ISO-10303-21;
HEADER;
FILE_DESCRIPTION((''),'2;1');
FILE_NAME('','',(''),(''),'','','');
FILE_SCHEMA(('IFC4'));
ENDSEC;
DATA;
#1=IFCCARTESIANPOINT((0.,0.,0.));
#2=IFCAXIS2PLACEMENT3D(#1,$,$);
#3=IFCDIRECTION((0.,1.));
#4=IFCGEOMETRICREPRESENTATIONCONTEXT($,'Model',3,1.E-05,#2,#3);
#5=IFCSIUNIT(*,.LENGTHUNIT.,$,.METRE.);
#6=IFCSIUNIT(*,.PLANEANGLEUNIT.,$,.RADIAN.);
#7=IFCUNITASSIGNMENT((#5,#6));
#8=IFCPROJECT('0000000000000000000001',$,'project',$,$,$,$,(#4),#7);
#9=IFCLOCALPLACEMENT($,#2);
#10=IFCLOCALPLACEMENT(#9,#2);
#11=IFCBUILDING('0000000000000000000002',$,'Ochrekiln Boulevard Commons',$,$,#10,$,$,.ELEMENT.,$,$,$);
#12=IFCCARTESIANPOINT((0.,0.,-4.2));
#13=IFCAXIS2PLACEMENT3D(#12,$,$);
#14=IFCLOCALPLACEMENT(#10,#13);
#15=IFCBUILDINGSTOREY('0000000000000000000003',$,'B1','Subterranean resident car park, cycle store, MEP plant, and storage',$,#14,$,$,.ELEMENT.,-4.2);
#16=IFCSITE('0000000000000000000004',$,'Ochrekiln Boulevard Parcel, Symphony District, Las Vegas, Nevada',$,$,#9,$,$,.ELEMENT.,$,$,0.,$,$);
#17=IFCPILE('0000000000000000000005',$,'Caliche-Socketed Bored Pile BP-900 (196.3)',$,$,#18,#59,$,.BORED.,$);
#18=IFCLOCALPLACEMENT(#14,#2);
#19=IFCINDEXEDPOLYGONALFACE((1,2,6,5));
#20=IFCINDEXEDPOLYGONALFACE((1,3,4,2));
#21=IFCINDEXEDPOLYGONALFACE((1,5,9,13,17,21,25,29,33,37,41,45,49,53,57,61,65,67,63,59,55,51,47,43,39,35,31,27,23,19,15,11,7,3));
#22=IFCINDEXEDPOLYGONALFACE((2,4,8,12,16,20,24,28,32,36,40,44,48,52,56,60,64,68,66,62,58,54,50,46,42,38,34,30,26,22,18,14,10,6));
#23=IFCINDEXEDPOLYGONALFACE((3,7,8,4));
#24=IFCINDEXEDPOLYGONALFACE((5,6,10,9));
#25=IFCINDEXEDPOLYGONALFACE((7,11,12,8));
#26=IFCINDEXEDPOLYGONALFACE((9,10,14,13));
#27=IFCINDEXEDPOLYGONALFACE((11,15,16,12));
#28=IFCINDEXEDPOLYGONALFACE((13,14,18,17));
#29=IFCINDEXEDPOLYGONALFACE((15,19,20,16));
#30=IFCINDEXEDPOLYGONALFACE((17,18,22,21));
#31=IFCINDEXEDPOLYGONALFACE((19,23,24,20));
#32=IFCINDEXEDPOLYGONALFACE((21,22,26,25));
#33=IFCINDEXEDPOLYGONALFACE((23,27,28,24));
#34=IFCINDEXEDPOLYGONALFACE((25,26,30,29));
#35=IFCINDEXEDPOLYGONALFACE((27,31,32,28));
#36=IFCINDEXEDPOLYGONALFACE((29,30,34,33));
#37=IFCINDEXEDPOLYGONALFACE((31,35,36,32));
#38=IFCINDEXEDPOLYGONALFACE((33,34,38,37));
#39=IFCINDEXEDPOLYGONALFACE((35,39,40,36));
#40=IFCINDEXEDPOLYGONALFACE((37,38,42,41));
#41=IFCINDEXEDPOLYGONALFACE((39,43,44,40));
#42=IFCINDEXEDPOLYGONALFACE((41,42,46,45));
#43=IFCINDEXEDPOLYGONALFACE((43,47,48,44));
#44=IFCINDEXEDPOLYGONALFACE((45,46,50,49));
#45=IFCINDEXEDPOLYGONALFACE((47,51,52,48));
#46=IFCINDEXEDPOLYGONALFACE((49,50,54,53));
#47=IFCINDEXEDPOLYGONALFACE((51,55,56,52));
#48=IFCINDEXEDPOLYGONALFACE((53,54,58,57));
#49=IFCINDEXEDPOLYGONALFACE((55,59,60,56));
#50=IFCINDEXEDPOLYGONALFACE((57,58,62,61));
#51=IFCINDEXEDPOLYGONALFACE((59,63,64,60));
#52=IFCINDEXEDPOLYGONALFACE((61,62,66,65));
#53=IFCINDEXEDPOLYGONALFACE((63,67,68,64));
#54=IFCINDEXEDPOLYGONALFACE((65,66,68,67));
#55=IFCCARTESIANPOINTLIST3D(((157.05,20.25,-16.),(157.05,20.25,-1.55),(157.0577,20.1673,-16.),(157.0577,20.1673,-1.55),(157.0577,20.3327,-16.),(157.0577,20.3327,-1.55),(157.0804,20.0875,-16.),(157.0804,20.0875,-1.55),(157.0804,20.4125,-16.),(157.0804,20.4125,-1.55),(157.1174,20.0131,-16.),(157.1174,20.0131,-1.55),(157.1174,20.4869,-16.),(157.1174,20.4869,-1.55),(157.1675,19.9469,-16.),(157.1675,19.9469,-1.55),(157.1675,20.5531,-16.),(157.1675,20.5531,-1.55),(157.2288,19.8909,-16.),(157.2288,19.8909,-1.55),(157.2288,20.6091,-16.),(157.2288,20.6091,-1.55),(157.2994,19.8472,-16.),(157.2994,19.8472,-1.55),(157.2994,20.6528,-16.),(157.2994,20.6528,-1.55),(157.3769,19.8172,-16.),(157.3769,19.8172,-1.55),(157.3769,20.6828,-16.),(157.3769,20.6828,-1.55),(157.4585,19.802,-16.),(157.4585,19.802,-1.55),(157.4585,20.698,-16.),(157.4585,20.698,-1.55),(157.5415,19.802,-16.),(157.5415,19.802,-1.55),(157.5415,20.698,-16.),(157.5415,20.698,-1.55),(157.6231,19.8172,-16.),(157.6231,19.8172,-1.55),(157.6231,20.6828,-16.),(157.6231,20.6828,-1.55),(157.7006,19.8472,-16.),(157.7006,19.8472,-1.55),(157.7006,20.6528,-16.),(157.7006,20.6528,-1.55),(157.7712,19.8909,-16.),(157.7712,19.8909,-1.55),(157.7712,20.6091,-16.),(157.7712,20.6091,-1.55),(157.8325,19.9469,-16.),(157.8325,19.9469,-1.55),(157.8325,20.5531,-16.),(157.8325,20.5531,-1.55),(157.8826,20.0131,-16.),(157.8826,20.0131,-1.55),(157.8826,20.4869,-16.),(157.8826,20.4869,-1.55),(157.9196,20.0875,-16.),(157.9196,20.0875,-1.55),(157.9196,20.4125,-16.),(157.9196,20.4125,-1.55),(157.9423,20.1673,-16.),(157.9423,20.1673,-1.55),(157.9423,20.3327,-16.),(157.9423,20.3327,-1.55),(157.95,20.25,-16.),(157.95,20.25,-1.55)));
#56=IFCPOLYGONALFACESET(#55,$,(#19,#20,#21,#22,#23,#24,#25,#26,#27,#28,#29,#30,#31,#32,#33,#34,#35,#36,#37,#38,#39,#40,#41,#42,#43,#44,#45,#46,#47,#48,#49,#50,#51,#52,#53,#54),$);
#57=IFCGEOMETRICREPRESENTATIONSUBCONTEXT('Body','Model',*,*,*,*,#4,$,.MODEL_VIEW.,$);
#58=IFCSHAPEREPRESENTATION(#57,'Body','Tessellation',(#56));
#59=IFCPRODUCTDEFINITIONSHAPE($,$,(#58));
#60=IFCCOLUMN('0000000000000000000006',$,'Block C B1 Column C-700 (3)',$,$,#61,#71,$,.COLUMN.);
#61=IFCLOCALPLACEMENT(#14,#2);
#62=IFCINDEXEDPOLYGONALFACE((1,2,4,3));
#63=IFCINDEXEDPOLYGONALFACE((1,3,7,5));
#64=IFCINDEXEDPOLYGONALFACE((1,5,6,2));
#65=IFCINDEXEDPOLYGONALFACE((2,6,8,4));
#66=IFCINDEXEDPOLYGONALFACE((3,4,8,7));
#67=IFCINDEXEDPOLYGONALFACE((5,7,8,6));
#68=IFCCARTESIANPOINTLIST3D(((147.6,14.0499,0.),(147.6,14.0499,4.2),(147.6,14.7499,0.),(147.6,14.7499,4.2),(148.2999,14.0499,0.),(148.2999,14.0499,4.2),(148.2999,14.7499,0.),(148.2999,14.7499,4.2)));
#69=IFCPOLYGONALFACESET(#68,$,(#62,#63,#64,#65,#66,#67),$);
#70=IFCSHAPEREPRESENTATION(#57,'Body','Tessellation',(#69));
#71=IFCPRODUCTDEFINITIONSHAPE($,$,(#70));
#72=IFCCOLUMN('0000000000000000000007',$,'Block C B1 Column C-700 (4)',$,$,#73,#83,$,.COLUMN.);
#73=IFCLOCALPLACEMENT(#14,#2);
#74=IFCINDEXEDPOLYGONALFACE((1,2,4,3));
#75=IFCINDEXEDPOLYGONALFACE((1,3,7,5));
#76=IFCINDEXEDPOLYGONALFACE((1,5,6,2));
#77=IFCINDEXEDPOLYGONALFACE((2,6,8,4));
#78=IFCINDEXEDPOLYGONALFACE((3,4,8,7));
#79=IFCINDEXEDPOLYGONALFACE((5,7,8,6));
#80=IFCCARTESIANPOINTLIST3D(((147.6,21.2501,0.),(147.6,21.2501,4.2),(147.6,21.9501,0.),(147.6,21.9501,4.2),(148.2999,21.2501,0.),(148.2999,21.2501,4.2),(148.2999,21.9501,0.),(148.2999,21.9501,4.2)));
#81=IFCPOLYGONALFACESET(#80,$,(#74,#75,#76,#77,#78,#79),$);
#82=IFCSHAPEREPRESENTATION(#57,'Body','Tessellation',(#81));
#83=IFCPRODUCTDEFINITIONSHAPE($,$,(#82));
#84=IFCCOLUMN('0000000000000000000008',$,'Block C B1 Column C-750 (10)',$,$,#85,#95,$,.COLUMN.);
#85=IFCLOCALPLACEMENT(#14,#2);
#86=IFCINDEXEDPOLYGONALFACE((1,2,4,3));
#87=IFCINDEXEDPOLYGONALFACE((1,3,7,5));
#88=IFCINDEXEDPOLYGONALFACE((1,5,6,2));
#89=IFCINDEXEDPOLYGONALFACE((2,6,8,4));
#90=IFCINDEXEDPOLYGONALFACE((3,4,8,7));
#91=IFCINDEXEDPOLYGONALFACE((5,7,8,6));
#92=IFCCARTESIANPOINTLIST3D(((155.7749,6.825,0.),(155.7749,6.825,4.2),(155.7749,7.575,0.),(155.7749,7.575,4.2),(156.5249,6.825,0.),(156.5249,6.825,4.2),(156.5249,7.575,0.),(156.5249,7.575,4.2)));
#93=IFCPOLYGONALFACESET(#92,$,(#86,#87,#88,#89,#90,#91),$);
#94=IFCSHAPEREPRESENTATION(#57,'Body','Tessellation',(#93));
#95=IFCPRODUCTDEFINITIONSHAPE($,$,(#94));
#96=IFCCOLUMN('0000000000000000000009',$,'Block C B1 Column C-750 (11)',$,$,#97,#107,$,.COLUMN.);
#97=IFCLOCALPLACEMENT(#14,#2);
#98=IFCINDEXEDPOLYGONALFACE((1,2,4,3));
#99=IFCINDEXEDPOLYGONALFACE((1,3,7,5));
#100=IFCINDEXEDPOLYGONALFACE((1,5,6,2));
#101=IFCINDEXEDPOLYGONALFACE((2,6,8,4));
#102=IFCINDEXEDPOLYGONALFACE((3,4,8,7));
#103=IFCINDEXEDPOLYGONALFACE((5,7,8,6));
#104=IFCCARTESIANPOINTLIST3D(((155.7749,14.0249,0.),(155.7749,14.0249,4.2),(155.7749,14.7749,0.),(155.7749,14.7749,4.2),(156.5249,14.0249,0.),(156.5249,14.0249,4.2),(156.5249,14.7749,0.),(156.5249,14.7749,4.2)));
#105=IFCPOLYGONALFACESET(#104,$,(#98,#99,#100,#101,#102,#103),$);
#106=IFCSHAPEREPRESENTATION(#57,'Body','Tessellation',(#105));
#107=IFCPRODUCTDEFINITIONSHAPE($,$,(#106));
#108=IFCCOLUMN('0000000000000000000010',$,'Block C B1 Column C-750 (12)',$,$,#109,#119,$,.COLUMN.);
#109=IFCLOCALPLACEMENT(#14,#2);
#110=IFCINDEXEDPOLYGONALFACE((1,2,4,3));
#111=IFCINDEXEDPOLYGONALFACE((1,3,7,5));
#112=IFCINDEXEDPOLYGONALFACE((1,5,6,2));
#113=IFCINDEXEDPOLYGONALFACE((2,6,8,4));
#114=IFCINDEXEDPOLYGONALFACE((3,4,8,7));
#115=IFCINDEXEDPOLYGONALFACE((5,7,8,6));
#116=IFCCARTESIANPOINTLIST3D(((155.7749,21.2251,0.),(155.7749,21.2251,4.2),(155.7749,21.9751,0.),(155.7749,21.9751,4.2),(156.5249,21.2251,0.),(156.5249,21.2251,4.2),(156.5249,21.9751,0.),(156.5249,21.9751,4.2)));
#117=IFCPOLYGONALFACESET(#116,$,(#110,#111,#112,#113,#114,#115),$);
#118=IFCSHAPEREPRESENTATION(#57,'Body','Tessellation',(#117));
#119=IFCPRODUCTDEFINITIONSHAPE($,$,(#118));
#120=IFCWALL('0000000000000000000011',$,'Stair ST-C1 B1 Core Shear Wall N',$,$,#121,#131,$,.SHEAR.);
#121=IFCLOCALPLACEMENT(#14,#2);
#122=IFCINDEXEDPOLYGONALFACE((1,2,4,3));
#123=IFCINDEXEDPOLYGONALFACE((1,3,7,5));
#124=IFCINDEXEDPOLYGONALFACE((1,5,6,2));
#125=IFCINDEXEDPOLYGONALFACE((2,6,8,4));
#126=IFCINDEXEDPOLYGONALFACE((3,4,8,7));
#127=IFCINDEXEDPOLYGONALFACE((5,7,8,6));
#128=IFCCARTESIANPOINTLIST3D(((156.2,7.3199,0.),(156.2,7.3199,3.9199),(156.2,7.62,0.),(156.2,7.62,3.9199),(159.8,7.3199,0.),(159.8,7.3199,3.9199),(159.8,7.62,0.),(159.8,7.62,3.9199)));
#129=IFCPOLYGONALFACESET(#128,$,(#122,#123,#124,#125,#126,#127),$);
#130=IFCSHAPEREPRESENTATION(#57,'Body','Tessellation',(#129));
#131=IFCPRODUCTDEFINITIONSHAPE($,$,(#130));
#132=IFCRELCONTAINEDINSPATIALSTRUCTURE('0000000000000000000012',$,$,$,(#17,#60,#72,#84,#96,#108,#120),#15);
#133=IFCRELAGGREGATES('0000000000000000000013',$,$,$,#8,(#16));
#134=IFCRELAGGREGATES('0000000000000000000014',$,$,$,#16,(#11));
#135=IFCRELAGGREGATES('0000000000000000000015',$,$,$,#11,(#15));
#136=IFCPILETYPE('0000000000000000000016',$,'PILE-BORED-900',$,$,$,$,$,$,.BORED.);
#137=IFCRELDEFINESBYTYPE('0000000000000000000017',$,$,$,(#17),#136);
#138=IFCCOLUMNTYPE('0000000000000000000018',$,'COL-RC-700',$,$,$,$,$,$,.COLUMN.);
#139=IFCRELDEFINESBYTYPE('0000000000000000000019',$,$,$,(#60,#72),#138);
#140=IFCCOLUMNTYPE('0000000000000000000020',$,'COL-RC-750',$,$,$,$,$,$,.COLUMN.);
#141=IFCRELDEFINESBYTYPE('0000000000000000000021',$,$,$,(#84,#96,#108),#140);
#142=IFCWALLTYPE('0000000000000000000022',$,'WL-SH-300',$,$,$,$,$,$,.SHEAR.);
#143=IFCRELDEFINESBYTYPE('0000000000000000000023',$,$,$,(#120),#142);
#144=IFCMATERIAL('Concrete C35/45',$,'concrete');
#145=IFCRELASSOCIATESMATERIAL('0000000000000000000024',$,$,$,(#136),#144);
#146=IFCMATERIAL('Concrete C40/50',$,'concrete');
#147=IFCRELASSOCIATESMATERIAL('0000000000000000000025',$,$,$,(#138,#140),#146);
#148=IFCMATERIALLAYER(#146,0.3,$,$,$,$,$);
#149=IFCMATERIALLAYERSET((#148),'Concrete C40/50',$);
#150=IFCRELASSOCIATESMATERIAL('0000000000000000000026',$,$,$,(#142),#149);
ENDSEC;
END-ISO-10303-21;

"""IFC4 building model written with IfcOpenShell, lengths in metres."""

from ifc_helpers import new_model, si_unit, direction, frame, frame_2d, origin, origin_2d, place, context, subcontext, project, spatial, rectangle, circle, extrude, material, layer, layer_set, material_profile, profile_set, type_object, element, save


model = new_model("IFC4")

# Units and contexts
model_context = context("Model", 3, precision=1e-05, world=origin(), true_north=direction((0.0, 1.0)))
body_context = subcontext(model_context, "Body", "Model", "MODEL_VIEW")
ifc_project = project(units=[si_unit("LENGTHUNIT", "METRE"), si_unit("PLANEANGLEUNIT", "RADIAN")], contexts=[model_context])

# Site, building, storey
site_placement = place(None, origin())
site = spatial("IfcSite", under=ifc_project, at=site_placement, Name="Ochrekiln Boulevard Parcel, Symphony District, Las Vegas, Nevada", CompositionType="ELEMENT", RefElevation=0.0)
building_placement = place(site_placement, origin())
building = spatial("IfcBuilding", under=site, at=building_placement, Name="Ochrekiln Boulevard Commons", CompositionType="ELEMENT")
storey_placement = place(building_placement, frame((0.0, 0.0, -4.2)))
storey = spatial("IfcBuildingStorey", under=building, at=storey_placement, Name="B1", Description="Subterranean resident car park, cycle store, MEP plant, and storage", CompositionType="ELEMENT", Elevation=-4.2)

# Shared definitions
ifc_material_1 = material(Name="Concrete C35/45", Category="concrete")

# Pile
ifc_material_profile_1 = material_profile(ifc_material_1, circle(Radius=0.45, at=origin_2d()), Name="PILE-D900")
ifc_profile_set_1 = profile_set([ifc_material_profile_1], Name="Concrete C35/45")
pile_type = type_object("IfcPileType", Name="PILE-BORED-900", PredefinedType="BORED", material=ifc_profile_set_1)
for number, where, z_axis, x_axis, name in (
    (1, (157.5, 20.25, -1.55), (0.0, 0.0, -1.0), (1.0, 0.0, 0.0), "Caliche-Socketed Bored Pile BP-900 (196.3)"),
):
    element("IfcPile", number, at=place(storey_placement, frame(where, z_axis=z_axis, x_axis=x_axis)), inside=storey, type_object=pile_type, Name=name, PredefinedType="BORED", context=body_context, shape_type="SweptSolid", body=[
        extrude(circle(Radius=0.45, at=origin_2d()), origin(), (0.0, 0.0, 1.0), 14.45),
    ])

# Columns
ifc_material_2 = material(Name="Concrete C40/50", Category="concrete")
ifc_material_profile_2 = material_profile(ifc_material_2, rectangle(XDim=0.7, YDim=0.7, at=origin_2d()), Name="RC-COL-700x700")
ifc_profile_set_2 = profile_set([ifc_material_profile_2], Name="Concrete C40/50")
column_type_1 = type_object("IfcColumnType", Name="COL-RC-700", PredefinedType="COLUMN", material=ifc_profile_set_2)
for number, where, z_axis, x_axis, name in (
    (2, (147.95, 14.3999, 0.0), (0.0, 0.0, 1.0), (1.0, 0.0, 0.0), "Block C B1 Column C-700 (3)"),
    (3, (147.95, 21.6001, 0.0), (0.0, 0.0, 1.0), (1.0, 0.0, 0.0), "Block C B1 Column C-700 (4)"),
):
    element("IfcColumn", number, at=place(storey_placement, frame(where, z_axis=z_axis, x_axis=x_axis)), inside=storey, type_object=column_type_1, Name=name, PredefinedType="COLUMN", context=body_context, shape_type="SweptSolid", body=[
        extrude(rectangle(XDim=0.7, YDim=0.7, at=origin_2d()), origin(), (0.0, 0.0, 1.0), 4.2),
    ])
ifc_material_profile_3 = material_profile(ifc_material_2, rectangle(XDim=0.75, YDim=0.75, at=origin_2d()), Name="RC-COL-750x750")
ifc_profile_set_3 = profile_set([ifc_material_profile_3], Name="Concrete C40/50")
column_type_2 = type_object("IfcColumnType", Name="COL-RC-750", PredefinedType="COLUMN", material=ifc_profile_set_3)
for number, where, z_axis, x_axis, name in (
    (4, (156.1499, 7.2, 0.0), (0.0, 0.0, 1.0), (1.0, 0.0, 0.0), "Block C B1 Column C-750 (10)"),
    (5, (156.1499, 14.3999, 0.0), (0.0, 0.0, 1.0), (1.0, 0.0, 0.0), "Block C B1 Column C-750 (11)"),
    (6, (156.1499, 21.6001, 0.0), (0.0, 0.0, 1.0), (1.0, 0.0, 0.0), "Block C B1 Column C-750 (12)"),
):
    element("IfcColumn", number, at=place(storey_placement, frame(where, z_axis=z_axis, x_axis=x_axis)), inside=storey, type_object=column_type_2, Name=name, PredefinedType="COLUMN", context=body_context, shape_type="SweptSolid", body=[
        extrude(rectangle(XDim=0.75, YDim=0.75, at=origin_2d()), origin(), (0.0, 0.0, 1.0), 4.2),
    ])

# Wall
ifc_layer = layer(ifc_material_2, 0.3)
ifc_layer_set = layer_set([ifc_layer], Name="Concrete C40/50")
wall_type = type_object("IfcWallType", Name="WL-SH-300", PredefinedType="SHEAR", material=ifc_layer_set)
wall_placement = place(storey_placement, frame((156.2, 7.47, 0.0), z_axis=(0.0, 0.0, 1.0), x_axis=(1.0, 0.0, 0.0)))
element("IfcWall", 7, at=wall_placement, inside=storey, type_object=wall_type, Name="Stair ST-C1 B1 Core Shear Wall N", PredefinedType="SHEAR", context=body_context, shape_type="SweptSolid", body=[
    extrude(rectangle(XDim=3.6001, YDim=0.3, at=frame_2d((1.8, 0.0))), origin(), (0.0, 0.0, 1.0), 3.9199),
])

save(model, "model.ifc")
